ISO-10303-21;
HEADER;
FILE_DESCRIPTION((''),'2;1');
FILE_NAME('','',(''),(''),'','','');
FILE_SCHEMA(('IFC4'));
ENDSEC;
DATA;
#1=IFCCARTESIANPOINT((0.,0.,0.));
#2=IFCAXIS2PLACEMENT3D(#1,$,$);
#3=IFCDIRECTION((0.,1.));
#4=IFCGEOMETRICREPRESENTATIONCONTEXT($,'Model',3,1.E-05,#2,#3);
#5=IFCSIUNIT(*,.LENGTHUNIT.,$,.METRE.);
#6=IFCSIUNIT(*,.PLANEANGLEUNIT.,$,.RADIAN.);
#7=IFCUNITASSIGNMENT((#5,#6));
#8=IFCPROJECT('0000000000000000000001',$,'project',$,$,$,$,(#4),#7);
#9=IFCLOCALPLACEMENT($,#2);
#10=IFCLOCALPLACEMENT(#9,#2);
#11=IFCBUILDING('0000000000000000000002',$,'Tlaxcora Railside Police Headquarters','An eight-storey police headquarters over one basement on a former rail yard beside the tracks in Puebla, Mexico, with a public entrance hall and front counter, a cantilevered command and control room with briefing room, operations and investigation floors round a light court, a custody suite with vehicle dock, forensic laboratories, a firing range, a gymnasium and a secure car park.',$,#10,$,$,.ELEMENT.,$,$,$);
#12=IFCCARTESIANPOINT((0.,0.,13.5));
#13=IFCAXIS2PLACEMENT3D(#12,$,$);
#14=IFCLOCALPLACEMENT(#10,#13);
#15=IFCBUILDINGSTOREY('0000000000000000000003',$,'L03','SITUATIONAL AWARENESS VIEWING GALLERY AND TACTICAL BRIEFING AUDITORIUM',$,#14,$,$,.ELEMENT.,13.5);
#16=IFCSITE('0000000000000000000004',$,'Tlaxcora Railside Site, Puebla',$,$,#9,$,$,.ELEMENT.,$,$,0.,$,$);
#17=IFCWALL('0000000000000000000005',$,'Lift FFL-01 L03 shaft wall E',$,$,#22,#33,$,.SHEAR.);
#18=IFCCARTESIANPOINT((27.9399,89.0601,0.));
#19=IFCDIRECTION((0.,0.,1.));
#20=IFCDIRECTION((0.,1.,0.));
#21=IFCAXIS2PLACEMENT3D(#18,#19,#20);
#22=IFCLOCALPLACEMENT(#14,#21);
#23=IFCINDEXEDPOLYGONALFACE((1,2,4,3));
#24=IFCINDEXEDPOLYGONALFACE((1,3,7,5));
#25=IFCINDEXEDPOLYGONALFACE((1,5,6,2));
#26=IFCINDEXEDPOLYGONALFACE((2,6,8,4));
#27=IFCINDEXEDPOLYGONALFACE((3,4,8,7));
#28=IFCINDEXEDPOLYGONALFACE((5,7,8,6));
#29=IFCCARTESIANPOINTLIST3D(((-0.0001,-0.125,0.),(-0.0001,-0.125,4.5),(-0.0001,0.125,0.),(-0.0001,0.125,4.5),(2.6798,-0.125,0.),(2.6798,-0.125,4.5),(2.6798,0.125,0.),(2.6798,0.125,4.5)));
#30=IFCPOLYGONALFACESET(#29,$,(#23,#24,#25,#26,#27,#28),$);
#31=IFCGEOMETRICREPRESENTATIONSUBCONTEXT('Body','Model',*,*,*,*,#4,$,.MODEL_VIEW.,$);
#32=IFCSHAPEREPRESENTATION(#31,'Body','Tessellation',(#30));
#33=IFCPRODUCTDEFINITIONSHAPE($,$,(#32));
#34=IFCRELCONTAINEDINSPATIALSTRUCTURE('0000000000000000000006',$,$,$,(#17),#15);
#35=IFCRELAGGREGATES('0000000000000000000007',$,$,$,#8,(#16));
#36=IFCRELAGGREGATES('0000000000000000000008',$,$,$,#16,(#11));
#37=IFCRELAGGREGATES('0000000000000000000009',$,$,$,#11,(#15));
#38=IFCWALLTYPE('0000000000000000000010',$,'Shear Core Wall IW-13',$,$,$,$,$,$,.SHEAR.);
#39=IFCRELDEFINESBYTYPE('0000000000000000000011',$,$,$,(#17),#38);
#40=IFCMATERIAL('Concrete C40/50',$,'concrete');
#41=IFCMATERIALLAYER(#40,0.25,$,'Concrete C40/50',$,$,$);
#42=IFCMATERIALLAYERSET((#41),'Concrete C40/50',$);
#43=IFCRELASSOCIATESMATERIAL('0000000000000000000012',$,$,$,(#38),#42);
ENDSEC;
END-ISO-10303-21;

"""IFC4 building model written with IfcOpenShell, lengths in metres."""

from ifc_helpers import new_model, si_unit, direction, frame, frame_2d, origin, place, context, subcontext, project, spatial, rectangle, extrude, material, layer, layer_set, type_object, element, save


model = new_model("IFC4")

# Units and contexts
model_context = context("Model", 3, precision=1e-05, world=origin(), true_north=direction((0.0, 1.0)))
body_context = subcontext(model_context, "Body", "Model", "MODEL_VIEW")
ifc_project = project(units=[si_unit("LENGTHUNIT", "METRE"), si_unit("PLANEANGLEUNIT", "RADIAN")], contexts=[model_context])

# Site, building, storey
site_placement = place(None, origin())
site = spatial("IfcSite", under=ifc_project, at=site_placement, Name="Tlaxcora Railside Site, Puebla", CompositionType="ELEMENT", RefElevation=0.0)
building_placement = place(site_placement, origin())
building = spatial("IfcBuilding", under=site, at=building_placement, Name="Tlaxcora Railside Police Headquarters", Description="An eight-storey police headquarters over one basement on a former rail yard beside the tracks in Puebla, Mexico, with a public entrance hall and front counter, a cantilevered command and control room with briefing room, operations and investigation floors round a light court, a custody suite with vehicle dock, forensic laboratories, a firing range, a gymnasium and a secure car park.", CompositionType="ELEMENT")
storey_placement = place(building_placement, frame((0.0, 0.0, 13.5)))
storey = spatial("IfcBuildingStorey", under=building, at=storey_placement, Name="L03", Description="SITUATIONAL AWARENESS VIEWING GALLERY AND TACTICAL BRIEFING AUDITORIUM", CompositionType="ELEMENT", Elevation=13.5)

# Shared definitions
ifc_material_1 = material(Name="Concrete C40/50", Category="concrete")

# Shared definitions
ifc_layer_1 = layer(ifc_material_1, 0.25, Name="Concrete C40/50")
ifc_layer_set_1 = layer_set([ifc_layer_1], Name="Concrete C40/50")
wall_type_1 = type_object("IfcWallType", Name="Shear Core Wall IW-13", PredefinedType="SHEAR", material=ifc_layer_set_1)

# Wall
wall_1_placement = place(storey_placement, frame((27.9399, 89.0601, 0.0), z_axis=(0.0, 0.0, 1.0), x_axis=(0.0, 1.0, 0.0)))
element("IfcWall", 1, at=wall_1_placement, inside=storey, type_object=wall_type_1, Name="Lift FFL-01 L03 shaft wall E", PredefinedType="SHEAR", context=body_context, shape_type="SweptSolid", body=[
    extrude(rectangle(XDim=2.6799, YDim=0.25, at=frame_2d((1.3398, 0.0))), origin(), (0.0, 0.0, 1.0), 4.5),
])

save(model, "model.ifc")
